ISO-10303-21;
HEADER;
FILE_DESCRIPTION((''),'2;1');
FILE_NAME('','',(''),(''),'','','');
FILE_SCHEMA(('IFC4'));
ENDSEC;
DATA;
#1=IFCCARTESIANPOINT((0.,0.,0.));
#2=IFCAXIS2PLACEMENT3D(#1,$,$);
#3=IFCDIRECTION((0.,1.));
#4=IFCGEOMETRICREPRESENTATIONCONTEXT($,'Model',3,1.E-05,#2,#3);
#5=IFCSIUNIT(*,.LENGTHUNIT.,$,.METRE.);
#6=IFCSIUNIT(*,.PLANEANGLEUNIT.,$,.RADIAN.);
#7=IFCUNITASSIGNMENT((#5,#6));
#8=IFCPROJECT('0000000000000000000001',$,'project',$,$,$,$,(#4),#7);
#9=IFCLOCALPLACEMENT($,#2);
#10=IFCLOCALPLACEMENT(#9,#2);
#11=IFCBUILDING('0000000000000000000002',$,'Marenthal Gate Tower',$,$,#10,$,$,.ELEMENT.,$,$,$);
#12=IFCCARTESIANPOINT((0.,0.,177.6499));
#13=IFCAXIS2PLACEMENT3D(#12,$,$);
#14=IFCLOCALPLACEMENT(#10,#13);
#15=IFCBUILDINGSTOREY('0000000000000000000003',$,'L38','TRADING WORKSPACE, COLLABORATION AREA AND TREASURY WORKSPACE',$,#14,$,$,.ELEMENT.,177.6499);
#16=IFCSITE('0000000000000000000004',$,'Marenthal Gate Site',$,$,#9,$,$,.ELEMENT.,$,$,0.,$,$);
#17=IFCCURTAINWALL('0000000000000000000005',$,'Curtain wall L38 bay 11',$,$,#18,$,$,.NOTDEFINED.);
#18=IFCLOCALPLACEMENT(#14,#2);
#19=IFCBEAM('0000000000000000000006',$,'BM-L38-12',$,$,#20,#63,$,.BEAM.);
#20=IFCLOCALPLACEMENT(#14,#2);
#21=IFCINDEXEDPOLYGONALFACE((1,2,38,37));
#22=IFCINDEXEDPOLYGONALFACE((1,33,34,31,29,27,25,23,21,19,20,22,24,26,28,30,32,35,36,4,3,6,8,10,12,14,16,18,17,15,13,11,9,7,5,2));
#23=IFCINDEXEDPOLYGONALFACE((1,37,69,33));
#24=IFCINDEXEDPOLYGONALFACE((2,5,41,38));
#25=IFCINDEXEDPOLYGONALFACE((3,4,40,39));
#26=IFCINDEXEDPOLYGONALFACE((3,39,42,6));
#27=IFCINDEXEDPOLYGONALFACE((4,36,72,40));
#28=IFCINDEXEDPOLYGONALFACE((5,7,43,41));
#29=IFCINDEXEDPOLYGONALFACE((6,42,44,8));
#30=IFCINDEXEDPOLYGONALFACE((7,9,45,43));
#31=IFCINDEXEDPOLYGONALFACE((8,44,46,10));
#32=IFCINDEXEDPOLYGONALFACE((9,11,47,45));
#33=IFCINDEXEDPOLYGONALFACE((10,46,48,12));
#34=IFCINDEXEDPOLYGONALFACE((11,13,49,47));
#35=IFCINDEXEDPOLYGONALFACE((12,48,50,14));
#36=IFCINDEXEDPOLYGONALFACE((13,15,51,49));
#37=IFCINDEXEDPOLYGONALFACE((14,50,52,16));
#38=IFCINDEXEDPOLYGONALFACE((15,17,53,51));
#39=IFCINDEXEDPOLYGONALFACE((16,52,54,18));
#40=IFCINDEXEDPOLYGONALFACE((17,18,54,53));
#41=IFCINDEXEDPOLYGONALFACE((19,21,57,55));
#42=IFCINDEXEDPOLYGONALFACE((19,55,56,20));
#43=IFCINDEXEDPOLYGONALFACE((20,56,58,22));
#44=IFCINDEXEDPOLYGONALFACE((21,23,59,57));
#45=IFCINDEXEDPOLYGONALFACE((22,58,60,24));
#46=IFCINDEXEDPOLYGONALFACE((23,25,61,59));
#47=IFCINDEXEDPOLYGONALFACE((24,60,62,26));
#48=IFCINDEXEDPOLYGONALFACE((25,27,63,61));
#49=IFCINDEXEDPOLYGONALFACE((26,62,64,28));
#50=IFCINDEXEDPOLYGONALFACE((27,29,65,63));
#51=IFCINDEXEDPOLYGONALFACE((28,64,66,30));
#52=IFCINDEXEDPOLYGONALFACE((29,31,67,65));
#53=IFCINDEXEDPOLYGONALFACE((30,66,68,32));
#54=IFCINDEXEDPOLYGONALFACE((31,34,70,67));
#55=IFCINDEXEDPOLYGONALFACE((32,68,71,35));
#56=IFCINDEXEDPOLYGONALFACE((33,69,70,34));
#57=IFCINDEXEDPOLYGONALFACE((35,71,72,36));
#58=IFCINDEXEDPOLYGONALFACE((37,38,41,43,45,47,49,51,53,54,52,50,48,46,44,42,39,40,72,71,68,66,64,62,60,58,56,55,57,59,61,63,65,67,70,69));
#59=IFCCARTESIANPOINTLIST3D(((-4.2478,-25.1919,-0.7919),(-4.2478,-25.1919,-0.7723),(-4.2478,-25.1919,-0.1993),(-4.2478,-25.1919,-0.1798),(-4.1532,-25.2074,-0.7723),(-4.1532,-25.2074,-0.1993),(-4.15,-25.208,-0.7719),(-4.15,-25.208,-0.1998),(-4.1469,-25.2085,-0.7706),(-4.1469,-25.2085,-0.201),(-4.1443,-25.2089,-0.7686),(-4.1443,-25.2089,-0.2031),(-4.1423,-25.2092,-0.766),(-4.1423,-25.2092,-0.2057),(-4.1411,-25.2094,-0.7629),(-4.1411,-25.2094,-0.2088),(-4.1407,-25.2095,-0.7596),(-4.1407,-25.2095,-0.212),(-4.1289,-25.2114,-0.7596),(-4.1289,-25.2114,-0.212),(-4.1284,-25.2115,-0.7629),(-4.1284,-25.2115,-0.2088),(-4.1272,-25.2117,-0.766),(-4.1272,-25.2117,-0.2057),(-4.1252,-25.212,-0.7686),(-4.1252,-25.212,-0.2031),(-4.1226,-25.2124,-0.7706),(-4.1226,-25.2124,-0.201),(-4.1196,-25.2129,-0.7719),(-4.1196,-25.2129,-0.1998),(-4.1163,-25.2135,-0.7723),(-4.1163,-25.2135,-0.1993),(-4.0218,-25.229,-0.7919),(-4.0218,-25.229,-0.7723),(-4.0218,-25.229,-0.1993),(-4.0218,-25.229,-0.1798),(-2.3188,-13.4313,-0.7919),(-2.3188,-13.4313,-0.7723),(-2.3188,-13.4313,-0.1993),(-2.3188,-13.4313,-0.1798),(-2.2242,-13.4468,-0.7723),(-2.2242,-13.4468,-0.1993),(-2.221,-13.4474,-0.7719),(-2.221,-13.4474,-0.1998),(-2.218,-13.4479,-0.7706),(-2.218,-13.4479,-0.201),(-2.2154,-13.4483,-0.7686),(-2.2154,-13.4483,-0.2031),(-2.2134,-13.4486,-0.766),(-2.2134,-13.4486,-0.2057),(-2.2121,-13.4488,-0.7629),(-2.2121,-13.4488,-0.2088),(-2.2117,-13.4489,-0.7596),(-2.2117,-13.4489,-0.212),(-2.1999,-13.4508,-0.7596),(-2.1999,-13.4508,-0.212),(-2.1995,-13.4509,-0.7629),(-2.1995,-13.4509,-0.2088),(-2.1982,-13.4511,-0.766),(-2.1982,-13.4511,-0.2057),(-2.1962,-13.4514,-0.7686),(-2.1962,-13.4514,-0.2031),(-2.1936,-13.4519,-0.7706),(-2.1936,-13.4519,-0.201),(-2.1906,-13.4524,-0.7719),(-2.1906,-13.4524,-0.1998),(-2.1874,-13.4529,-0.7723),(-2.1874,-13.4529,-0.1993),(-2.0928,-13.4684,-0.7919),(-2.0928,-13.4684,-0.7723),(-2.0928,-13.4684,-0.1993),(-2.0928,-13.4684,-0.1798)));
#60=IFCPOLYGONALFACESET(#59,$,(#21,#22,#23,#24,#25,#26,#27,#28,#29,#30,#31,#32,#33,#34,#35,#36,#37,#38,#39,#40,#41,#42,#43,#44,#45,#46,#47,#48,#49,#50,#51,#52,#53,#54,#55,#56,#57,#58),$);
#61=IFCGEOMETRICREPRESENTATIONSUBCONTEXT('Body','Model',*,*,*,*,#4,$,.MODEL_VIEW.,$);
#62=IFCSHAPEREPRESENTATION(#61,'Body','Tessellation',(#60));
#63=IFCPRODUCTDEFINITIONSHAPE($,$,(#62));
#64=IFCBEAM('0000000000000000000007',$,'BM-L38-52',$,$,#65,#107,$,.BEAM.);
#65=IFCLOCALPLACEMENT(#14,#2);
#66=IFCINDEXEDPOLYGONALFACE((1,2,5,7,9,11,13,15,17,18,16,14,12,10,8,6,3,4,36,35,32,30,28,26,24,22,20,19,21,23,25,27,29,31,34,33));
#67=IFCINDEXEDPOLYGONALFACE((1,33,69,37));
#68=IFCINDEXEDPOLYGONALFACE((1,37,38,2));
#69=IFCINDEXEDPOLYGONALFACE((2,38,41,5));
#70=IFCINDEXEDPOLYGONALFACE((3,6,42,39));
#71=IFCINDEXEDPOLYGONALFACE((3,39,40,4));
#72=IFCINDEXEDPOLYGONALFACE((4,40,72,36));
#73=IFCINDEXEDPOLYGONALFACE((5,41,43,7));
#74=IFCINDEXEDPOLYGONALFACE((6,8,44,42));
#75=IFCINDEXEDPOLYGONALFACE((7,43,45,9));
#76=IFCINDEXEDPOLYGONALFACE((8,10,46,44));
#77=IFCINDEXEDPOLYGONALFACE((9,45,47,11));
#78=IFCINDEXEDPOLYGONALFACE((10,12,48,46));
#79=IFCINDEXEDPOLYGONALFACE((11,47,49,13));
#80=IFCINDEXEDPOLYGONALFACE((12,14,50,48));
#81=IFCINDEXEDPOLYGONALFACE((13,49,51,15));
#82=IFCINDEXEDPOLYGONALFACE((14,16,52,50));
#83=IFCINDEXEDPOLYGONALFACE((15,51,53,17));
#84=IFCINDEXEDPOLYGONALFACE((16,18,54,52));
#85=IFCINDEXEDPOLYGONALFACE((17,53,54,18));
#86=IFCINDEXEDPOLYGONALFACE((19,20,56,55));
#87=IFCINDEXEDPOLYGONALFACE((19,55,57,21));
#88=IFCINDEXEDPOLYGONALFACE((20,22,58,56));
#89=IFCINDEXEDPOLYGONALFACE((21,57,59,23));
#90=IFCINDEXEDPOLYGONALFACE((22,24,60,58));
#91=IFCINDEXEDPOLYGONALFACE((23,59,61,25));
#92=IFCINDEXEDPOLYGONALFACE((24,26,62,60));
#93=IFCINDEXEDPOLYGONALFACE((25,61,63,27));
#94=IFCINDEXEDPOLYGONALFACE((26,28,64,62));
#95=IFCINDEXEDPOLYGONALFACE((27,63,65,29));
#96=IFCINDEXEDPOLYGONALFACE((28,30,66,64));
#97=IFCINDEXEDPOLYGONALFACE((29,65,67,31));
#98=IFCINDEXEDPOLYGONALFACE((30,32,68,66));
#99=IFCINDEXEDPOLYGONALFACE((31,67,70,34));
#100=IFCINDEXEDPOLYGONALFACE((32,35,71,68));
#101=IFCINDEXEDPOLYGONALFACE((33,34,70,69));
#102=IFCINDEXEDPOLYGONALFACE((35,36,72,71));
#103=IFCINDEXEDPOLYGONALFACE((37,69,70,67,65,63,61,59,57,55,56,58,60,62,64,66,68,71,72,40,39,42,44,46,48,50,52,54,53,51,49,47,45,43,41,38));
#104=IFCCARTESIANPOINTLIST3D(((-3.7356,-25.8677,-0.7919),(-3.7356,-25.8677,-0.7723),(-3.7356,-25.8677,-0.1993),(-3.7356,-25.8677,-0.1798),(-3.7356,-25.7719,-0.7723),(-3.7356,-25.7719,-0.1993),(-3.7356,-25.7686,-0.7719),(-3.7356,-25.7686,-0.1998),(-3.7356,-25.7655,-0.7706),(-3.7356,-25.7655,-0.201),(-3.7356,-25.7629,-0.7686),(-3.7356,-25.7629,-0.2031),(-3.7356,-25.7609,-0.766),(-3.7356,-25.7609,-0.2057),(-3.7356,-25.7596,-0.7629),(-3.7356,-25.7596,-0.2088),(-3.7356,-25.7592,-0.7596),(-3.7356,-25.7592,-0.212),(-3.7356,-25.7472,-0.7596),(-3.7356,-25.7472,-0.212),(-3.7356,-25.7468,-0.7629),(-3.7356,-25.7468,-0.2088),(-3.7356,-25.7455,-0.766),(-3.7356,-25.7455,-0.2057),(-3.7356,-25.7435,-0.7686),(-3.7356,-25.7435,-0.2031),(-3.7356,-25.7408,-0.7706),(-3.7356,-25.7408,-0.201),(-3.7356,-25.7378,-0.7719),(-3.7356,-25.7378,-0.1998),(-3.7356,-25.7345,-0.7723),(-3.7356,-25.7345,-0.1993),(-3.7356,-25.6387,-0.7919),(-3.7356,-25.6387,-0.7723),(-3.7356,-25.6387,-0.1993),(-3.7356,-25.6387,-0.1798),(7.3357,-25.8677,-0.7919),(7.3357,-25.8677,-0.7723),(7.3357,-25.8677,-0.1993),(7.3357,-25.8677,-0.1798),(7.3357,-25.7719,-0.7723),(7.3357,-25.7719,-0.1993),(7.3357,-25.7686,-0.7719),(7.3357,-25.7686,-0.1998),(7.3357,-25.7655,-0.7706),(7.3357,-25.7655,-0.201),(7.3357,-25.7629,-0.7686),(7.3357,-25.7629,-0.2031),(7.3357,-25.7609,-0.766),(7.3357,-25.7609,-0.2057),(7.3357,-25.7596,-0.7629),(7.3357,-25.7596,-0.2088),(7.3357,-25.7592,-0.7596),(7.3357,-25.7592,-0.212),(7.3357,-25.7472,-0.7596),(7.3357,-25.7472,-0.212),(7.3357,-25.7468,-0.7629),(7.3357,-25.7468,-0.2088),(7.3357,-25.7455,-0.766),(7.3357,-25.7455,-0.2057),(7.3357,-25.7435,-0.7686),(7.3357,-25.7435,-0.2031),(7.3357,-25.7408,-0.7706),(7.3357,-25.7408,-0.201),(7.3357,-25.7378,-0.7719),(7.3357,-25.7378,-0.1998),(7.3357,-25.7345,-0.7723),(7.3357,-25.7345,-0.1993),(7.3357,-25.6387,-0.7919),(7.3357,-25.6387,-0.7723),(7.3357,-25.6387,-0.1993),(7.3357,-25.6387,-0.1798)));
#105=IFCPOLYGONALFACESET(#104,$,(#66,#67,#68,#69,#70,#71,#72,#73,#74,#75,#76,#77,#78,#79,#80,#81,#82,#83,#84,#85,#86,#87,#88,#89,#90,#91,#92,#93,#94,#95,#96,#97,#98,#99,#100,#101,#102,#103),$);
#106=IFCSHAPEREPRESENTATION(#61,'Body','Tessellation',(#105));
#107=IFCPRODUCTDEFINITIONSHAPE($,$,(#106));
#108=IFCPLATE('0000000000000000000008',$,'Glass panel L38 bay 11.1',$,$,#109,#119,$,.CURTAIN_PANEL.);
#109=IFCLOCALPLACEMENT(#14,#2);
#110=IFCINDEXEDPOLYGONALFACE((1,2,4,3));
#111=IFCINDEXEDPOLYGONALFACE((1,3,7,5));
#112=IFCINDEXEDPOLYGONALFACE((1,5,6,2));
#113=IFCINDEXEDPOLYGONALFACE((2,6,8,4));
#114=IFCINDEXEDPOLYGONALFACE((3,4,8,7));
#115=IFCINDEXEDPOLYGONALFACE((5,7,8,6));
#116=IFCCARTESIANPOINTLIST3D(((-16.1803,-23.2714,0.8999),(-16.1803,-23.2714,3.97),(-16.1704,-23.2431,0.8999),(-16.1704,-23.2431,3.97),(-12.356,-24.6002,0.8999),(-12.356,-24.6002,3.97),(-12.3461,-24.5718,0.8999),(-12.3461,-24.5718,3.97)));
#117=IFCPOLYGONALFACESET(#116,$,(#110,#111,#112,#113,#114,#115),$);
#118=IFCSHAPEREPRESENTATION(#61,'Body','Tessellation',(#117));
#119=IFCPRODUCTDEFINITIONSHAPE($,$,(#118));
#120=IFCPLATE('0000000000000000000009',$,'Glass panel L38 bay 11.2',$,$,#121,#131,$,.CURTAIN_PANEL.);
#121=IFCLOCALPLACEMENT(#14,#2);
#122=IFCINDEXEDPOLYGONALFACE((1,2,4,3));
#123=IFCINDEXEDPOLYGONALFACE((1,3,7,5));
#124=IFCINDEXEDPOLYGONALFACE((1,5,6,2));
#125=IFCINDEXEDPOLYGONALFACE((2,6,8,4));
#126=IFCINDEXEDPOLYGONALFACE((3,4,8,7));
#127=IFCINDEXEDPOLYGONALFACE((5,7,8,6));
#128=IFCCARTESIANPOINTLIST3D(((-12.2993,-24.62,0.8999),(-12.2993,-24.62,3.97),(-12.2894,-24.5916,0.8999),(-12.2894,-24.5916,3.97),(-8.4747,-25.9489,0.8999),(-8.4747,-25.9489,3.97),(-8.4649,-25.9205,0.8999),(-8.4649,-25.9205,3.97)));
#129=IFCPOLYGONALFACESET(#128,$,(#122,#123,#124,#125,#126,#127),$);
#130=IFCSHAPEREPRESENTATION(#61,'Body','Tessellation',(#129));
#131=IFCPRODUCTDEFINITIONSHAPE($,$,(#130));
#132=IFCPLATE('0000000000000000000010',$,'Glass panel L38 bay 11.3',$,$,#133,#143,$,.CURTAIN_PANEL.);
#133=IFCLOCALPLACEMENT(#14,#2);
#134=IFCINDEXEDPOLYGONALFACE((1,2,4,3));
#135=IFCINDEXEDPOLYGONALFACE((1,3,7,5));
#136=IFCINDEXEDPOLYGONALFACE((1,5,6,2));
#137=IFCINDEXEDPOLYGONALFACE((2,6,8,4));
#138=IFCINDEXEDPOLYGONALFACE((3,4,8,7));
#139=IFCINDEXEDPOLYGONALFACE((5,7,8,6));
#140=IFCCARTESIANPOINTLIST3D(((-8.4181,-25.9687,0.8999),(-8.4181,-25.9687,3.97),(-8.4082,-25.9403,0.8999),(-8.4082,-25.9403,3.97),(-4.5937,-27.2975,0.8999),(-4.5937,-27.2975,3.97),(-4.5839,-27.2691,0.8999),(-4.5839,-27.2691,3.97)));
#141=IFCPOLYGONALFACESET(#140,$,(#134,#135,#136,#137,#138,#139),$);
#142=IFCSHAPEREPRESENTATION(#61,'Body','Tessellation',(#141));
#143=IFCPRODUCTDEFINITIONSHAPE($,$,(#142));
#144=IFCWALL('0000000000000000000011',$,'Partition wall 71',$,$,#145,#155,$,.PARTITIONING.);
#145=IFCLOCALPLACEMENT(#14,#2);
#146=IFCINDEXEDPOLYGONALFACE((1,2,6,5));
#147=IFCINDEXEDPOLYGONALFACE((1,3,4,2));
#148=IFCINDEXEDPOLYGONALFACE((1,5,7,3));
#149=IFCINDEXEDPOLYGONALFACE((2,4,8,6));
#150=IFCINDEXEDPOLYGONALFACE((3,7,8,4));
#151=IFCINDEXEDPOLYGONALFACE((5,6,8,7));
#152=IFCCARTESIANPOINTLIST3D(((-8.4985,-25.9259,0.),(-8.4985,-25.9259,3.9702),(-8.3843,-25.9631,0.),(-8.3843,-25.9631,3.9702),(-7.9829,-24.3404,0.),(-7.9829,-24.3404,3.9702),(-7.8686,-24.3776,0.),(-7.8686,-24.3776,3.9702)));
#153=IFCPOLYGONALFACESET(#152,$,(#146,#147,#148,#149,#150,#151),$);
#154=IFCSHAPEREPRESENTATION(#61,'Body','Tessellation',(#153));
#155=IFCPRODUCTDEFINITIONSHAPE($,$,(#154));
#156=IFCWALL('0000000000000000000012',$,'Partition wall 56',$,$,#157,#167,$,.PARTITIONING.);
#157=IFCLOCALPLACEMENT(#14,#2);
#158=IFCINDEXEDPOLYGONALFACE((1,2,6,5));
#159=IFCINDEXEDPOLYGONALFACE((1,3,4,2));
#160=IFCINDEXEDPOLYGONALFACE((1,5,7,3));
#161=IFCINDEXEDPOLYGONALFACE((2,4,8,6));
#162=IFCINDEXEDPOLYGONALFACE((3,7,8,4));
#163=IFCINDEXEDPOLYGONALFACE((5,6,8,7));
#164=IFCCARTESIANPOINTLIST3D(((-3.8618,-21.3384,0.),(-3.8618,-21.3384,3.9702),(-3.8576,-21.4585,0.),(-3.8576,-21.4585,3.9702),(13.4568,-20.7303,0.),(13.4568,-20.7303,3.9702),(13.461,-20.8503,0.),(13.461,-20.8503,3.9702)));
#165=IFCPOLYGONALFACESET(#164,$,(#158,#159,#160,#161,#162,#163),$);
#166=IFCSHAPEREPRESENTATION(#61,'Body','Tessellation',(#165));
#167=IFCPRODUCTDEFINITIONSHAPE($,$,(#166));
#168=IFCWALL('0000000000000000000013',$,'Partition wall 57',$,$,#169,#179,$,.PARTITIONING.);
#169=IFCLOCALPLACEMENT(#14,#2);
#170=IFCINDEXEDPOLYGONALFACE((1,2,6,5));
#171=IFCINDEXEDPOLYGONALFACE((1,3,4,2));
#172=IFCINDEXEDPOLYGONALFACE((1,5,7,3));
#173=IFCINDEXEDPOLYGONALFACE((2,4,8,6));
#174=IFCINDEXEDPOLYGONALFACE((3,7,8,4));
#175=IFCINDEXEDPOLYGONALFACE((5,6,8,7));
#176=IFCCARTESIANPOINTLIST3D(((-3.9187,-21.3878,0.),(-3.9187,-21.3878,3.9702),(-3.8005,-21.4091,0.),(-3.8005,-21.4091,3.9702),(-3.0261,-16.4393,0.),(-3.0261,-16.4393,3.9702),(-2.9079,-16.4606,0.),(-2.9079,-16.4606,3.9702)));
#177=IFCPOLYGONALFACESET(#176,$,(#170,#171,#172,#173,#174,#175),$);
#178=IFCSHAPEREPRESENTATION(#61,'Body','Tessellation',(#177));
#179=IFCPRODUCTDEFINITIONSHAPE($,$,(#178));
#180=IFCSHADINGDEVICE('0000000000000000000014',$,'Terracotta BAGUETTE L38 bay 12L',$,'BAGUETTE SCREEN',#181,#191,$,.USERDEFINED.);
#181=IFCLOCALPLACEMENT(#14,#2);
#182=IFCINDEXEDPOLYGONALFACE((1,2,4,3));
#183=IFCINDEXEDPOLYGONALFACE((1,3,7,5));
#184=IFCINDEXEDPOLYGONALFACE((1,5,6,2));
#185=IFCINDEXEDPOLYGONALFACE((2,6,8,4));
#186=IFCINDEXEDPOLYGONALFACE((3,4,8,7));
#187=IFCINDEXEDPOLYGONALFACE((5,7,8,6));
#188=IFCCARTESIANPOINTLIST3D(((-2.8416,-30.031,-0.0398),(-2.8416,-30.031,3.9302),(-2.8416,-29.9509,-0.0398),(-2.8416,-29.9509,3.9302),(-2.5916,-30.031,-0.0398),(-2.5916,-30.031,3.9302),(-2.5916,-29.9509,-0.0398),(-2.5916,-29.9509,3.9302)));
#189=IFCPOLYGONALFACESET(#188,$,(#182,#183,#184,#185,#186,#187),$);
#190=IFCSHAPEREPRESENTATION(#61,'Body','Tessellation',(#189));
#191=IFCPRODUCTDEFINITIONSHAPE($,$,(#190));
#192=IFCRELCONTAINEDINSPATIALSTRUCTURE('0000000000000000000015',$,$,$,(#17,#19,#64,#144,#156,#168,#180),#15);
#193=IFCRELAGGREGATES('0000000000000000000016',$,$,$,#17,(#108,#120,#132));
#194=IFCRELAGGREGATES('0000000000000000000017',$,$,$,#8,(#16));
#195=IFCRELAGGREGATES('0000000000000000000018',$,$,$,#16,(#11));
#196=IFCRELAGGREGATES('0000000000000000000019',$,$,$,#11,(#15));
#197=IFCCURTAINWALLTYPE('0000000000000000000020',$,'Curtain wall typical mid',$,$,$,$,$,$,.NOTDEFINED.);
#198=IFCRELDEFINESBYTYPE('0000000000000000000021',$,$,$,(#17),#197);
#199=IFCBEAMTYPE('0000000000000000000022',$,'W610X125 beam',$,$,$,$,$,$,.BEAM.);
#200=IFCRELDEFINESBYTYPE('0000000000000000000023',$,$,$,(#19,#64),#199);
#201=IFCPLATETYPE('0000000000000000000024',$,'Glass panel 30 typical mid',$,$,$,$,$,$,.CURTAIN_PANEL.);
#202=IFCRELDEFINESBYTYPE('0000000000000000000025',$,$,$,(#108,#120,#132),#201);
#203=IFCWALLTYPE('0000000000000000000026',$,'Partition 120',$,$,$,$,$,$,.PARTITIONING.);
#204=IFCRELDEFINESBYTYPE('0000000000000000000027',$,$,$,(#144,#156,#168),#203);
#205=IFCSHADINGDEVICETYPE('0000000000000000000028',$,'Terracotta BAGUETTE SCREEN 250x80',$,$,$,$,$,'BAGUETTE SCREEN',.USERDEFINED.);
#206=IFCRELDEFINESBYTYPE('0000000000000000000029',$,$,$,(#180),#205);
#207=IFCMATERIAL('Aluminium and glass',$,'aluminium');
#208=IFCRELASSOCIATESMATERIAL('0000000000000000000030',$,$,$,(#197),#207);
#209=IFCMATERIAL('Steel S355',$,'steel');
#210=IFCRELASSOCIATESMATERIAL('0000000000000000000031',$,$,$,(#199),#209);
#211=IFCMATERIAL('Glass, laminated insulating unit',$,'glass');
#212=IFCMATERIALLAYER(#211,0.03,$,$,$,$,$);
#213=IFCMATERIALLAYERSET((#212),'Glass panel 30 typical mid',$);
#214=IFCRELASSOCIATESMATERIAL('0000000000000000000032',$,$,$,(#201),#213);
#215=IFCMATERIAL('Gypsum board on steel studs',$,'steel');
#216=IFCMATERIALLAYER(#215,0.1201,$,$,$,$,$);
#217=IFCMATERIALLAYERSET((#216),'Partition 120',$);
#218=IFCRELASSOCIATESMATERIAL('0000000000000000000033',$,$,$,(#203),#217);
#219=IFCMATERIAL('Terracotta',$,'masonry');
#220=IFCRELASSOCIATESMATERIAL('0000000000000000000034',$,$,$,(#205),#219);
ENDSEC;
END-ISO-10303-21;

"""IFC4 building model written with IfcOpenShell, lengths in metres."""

from ifc_helpers import new_model, si_unit, direction, frame, frame_2d, origin, origin_2d, place, context, subcontext, project, spatial, rectangle, i_section, extrude, material, layer, layer_set, material_profile, profile_set, type_object, element, aggregate, save


model = new_model("IFC4")

# Units and contexts
model_context = context("Model", 3, precision=1e-05, world=origin(), true_north=direction((0.0, 1.0)))
body_context = subcontext(model_context, "Body", "Model", "MODEL_VIEW")
ifc_project = project(units=[si_unit("LENGTHUNIT", "METRE"), si_unit("PLANEANGLEUNIT", "RADIAN")], contexts=[model_context])

# Site, building, storey
site_placement = place(None, origin())
site = spatial("IfcSite", under=ifc_project, at=site_placement, Name="Marenthal Gate Site", CompositionType="ELEMENT", RefElevation=0.0)
building_placement = place(site_placement, origin())
building = spatial("IfcBuilding", under=site, at=building_placement, Name="Marenthal Gate Tower", CompositionType="ELEMENT")
storey_placement = place(building_placement, frame((0.0, 0.0, 177.6499)))
storey = spatial("IfcBuildingStorey", under=building, at=storey_placement, Name="L38", Description="TRADING WORKSPACE, COLLABORATION AREA AND TREASURY WORKSPACE", CompositionType="ELEMENT", Elevation=177.6499)

# Curtain wall
ifc_material_1 = material(Name="Aluminium and glass", Category="aluminium")
curtain_wall_type = type_object("IfcCurtainWallType", Name="Curtain wall typical mid", PredefinedType="NOTDEFINED", material=ifc_material_1)
curtain_wall_placement = place(storey_placement, origin())
curtain_wall = element("IfcCurtainWall", 1, at=curtain_wall_placement, inside=storey, type_object=curtain_wall_type, Name="Curtain wall L38 bay 11", PredefinedType="NOTDEFINED")

# Beams
ifc_material_2 = material(Name="Steel S355", Category="steel")
ifc_material_profile_1 = material_profile(ifc_material_2, i_section(OverallWidth=0.229, OverallDepth=0.6121, WebThickness=0.012, FlangeThickness=0.0195, FilletRadius=0.0127, at=origin_2d()), Name="W610X125")
ifc_profile_set_1 = profile_set([ifc_material_profile_1], Name="Steel S355")
beam_type_1 = type_object("IfcBeamType", Name="W610X125 beam", PredefinedType="BEAM", material=ifc_profile_set_1)
beam_1_placement = place(storey_placement, frame((-4.1348, -25.2104, -0.4858), z_axis=(0.161857, 0.986814, 0.0), x_axis=(-0.986814, 0.161857, 0.0)))
element("IfcBeam", 2, at=beam_1_placement, inside=storey, type_object=beam_type_1, Name="BM-L38-12", PredefinedType="BEAM", context=body_context, shape_type="SweptSolid", body=[
    extrude(i_section(OverallWidth=0.229, OverallDepth=0.6121, WebThickness=0.012, FlangeThickness=0.0195, FilletRadius=0.0127, at=origin_2d()), origin(), (0.0, 0.0, 1.0), 11.9177),
])
beam_2_placement = place(storey_placement, frame((-3.7356, -25.7532, -0.4858), z_axis=(1.0, 0.0, 0.0), x_axis=(0.0, 1.0, 0.0)))
element("IfcBeam", 3, at=beam_2_placement, inside=storey, type_object=beam_type_1, Name="BM-L38-52", PredefinedType="BEAM", context=body_context, shape_type="SweptSolid", body=[
    extrude(i_section(OverallWidth=0.229, OverallDepth=0.6121, WebThickness=0.012, FlangeThickness=0.0195, FilletRadius=0.0127, at=origin_2d()), origin(), (0.0, 0.0, 1.0), 11.0713),
])

# Plates
ifc_material_3 = material(Name="Glass, laminated insulating unit", Category="glass")
ifc_layer_1 = layer(ifc_material_3, 0.03)
ifc_layer_set_1 = layer_set([ifc_layer_1], Name="Glass panel 30 typical mid")
plate_type = type_object("IfcPlateType", Name="Glass panel 30 typical mid", PredefinedType="CURTAIN_PANEL", material=ifc_layer_set_1)
plate_1_placement = place(storey_placement, frame((-14.2632, -23.9216, 0.8999), z_axis=(0.0, 0.0, 1.0), x_axis=(0.944604, -0.328211, 0.0)))
plate_1 = element("IfcPlate", 4, at=plate_1_placement, type_object=plate_type, Name="Glass panel L38 bay 11.1", PredefinedType="CURTAIN_PANEL", context=body_context, shape_type="SweptSolid", body=[
    extrude(rectangle(XDim=4.0486, YDim=0.03, at=origin_2d()), origin(), (0.0, 0.0, 1.0), 3.0701),
])
plate_2_placement = place(storey_placement, frame((-10.3821, -25.2703, 0.8999), z_axis=(0.0, 0.0, 1.0), x_axis=(0.944604, -0.328211, 0.0)))
plate_2 = element("IfcPlate", 5, at=plate_2_placement, type_object=plate_type, Name="Glass panel L38 bay 11.2", PredefinedType="CURTAIN_PANEL", context=body_context, shape_type="SweptSolid", body=[
    extrude(rectangle(XDim=4.0488, YDim=0.03, at=origin_2d()), origin(), (0.0, 0.0, 1.0), 3.0701),
])
plate_3_placement = place(storey_placement, frame((-6.501, -26.6189, 0.8999), z_axis=(0.0, 0.0, 1.0), x_axis=(0.944604, -0.328211, 0.0)))
plate_3 = element("IfcPlate", 6, at=plate_3_placement, type_object=plate_type, Name="Glass panel L38 bay 11.3", PredefinedType="CURTAIN_PANEL", context=body_context, shape_type="SweptSolid", body=[
    extrude(rectangle(XDim=4.0486, YDim=0.03, at=origin_2d()), origin(), (0.0, 0.0, 1.0), 3.0701),
])
aggregate(curtain_wall, [plate_1, plate_2, plate_3])

# Walls
ifc_material_4 = material(Name="Gypsum board on steel studs", Category="steel")
ifc_layer_2 = layer(ifc_material_4, 0.1201)
ifc_layer_set_2 = layer_set([ifc_layer_2], Name="Partition 120")
wall_type_1 = type_object("IfcWallType", Name="Partition 120", PredefinedType="PARTITIONING", material=ifc_layer_set_2)
wall_1_placement = place(storey_placement, frame((-7.9258, -24.3591, 0.0), z_axis=(0.0, 0.0, 1.0), x_axis=(-0.309278, -0.950972, 0.0)))
element("IfcWall", 7, at=wall_1_placement, inside=storey, type_object=wall_type_1, Name="Partition wall 71", PredefinedType="PARTITIONING", context=body_context, shape_type="SweptSolid", body=[
    extrude(rectangle(XDim=1.6672, YDim=0.1201, at=frame_2d((0.8335, 0.0))), origin(), (0.0, 0.0, 1.0), 3.9702),
])
wall_2_placement = place(storey_placement, frame((-3.8596, -21.3984, 0.0), z_axis=(0.0, 0.0, 1.0), x_axis=(0.999384, 0.035094, 0.0)))
element("IfcWall", 8, at=wall_2_placement, inside=storey, type_object=wall_type_1, Name="Partition wall 56", PredefinedType="PARTITIONING", context=body_context, shape_type="SweptSolid", body=[
    extrude(rectangle(XDim=17.3293, YDim=0.1201, at=frame_2d((8.6646, 0.0))), origin(), (0.0, 0.0, 1.0), 3.9702),
])
wall_3_placement = place(storey_placement, frame((-3.8596, -21.3984, 0.0), z_axis=(0.0, 0.0, 1.0), x_axis=(0.177509, 0.984119, 0.0)))
element("IfcWall", 9, at=wall_3_placement, inside=storey, type_object=wall_type_1, Name="Partition wall 57", PredefinedType="PARTITIONING", context=body_context, shape_type="SweptSolid", body=[
    extrude(rectangle(XDim=5.0283, YDim=0.1201, at=frame_2d((2.5142, 0.0))), origin(), (0.0, 0.0, 1.0), 3.9702),
])

# Shading device
ifc_material_5 = material(Name="Terracotta", Category="masonry")
ifc_material_profile_2 = material_profile(ifc_material_5, rectangle(XDim=0.25, YDim=0.0801, at=origin_2d()), Name="Terracotta baguette 250x80")
ifc_profile_set_2 = profile_set([ifc_material_profile_2], Name="Terracotta")
shading_device_type = type_object("IfcShadingDeviceType", Name="Terracotta BAGUETTE SCREEN 250x80", ElementType="BAGUETTE SCREEN", PredefinedType="USERDEFINED", material=ifc_profile_set_2)
shading_device_placement = place(storey_placement, frame((-2.7166, -29.991, -0.0398), z_axis=(0.0, 0.0, 1.0), x_axis=(1.0, 0.0, 0.0)))
element("IfcShadingDevice", 10, at=shading_device_placement, inside=storey, type_object=shading_device_type, Name="Terracotta BAGUETTE L38 bay 12L", ObjectType="BAGUETTE SCREEN", PredefinedType="USERDEFINED", context=body_context, shape_type="SweptSolid", body=[
    extrude(rectangle(XDim=0.25, YDim=0.0801, at=origin_2d()), origin(), (0.0, 0.0, 1.0), 3.97),
])

save(model, "model.ifc")
